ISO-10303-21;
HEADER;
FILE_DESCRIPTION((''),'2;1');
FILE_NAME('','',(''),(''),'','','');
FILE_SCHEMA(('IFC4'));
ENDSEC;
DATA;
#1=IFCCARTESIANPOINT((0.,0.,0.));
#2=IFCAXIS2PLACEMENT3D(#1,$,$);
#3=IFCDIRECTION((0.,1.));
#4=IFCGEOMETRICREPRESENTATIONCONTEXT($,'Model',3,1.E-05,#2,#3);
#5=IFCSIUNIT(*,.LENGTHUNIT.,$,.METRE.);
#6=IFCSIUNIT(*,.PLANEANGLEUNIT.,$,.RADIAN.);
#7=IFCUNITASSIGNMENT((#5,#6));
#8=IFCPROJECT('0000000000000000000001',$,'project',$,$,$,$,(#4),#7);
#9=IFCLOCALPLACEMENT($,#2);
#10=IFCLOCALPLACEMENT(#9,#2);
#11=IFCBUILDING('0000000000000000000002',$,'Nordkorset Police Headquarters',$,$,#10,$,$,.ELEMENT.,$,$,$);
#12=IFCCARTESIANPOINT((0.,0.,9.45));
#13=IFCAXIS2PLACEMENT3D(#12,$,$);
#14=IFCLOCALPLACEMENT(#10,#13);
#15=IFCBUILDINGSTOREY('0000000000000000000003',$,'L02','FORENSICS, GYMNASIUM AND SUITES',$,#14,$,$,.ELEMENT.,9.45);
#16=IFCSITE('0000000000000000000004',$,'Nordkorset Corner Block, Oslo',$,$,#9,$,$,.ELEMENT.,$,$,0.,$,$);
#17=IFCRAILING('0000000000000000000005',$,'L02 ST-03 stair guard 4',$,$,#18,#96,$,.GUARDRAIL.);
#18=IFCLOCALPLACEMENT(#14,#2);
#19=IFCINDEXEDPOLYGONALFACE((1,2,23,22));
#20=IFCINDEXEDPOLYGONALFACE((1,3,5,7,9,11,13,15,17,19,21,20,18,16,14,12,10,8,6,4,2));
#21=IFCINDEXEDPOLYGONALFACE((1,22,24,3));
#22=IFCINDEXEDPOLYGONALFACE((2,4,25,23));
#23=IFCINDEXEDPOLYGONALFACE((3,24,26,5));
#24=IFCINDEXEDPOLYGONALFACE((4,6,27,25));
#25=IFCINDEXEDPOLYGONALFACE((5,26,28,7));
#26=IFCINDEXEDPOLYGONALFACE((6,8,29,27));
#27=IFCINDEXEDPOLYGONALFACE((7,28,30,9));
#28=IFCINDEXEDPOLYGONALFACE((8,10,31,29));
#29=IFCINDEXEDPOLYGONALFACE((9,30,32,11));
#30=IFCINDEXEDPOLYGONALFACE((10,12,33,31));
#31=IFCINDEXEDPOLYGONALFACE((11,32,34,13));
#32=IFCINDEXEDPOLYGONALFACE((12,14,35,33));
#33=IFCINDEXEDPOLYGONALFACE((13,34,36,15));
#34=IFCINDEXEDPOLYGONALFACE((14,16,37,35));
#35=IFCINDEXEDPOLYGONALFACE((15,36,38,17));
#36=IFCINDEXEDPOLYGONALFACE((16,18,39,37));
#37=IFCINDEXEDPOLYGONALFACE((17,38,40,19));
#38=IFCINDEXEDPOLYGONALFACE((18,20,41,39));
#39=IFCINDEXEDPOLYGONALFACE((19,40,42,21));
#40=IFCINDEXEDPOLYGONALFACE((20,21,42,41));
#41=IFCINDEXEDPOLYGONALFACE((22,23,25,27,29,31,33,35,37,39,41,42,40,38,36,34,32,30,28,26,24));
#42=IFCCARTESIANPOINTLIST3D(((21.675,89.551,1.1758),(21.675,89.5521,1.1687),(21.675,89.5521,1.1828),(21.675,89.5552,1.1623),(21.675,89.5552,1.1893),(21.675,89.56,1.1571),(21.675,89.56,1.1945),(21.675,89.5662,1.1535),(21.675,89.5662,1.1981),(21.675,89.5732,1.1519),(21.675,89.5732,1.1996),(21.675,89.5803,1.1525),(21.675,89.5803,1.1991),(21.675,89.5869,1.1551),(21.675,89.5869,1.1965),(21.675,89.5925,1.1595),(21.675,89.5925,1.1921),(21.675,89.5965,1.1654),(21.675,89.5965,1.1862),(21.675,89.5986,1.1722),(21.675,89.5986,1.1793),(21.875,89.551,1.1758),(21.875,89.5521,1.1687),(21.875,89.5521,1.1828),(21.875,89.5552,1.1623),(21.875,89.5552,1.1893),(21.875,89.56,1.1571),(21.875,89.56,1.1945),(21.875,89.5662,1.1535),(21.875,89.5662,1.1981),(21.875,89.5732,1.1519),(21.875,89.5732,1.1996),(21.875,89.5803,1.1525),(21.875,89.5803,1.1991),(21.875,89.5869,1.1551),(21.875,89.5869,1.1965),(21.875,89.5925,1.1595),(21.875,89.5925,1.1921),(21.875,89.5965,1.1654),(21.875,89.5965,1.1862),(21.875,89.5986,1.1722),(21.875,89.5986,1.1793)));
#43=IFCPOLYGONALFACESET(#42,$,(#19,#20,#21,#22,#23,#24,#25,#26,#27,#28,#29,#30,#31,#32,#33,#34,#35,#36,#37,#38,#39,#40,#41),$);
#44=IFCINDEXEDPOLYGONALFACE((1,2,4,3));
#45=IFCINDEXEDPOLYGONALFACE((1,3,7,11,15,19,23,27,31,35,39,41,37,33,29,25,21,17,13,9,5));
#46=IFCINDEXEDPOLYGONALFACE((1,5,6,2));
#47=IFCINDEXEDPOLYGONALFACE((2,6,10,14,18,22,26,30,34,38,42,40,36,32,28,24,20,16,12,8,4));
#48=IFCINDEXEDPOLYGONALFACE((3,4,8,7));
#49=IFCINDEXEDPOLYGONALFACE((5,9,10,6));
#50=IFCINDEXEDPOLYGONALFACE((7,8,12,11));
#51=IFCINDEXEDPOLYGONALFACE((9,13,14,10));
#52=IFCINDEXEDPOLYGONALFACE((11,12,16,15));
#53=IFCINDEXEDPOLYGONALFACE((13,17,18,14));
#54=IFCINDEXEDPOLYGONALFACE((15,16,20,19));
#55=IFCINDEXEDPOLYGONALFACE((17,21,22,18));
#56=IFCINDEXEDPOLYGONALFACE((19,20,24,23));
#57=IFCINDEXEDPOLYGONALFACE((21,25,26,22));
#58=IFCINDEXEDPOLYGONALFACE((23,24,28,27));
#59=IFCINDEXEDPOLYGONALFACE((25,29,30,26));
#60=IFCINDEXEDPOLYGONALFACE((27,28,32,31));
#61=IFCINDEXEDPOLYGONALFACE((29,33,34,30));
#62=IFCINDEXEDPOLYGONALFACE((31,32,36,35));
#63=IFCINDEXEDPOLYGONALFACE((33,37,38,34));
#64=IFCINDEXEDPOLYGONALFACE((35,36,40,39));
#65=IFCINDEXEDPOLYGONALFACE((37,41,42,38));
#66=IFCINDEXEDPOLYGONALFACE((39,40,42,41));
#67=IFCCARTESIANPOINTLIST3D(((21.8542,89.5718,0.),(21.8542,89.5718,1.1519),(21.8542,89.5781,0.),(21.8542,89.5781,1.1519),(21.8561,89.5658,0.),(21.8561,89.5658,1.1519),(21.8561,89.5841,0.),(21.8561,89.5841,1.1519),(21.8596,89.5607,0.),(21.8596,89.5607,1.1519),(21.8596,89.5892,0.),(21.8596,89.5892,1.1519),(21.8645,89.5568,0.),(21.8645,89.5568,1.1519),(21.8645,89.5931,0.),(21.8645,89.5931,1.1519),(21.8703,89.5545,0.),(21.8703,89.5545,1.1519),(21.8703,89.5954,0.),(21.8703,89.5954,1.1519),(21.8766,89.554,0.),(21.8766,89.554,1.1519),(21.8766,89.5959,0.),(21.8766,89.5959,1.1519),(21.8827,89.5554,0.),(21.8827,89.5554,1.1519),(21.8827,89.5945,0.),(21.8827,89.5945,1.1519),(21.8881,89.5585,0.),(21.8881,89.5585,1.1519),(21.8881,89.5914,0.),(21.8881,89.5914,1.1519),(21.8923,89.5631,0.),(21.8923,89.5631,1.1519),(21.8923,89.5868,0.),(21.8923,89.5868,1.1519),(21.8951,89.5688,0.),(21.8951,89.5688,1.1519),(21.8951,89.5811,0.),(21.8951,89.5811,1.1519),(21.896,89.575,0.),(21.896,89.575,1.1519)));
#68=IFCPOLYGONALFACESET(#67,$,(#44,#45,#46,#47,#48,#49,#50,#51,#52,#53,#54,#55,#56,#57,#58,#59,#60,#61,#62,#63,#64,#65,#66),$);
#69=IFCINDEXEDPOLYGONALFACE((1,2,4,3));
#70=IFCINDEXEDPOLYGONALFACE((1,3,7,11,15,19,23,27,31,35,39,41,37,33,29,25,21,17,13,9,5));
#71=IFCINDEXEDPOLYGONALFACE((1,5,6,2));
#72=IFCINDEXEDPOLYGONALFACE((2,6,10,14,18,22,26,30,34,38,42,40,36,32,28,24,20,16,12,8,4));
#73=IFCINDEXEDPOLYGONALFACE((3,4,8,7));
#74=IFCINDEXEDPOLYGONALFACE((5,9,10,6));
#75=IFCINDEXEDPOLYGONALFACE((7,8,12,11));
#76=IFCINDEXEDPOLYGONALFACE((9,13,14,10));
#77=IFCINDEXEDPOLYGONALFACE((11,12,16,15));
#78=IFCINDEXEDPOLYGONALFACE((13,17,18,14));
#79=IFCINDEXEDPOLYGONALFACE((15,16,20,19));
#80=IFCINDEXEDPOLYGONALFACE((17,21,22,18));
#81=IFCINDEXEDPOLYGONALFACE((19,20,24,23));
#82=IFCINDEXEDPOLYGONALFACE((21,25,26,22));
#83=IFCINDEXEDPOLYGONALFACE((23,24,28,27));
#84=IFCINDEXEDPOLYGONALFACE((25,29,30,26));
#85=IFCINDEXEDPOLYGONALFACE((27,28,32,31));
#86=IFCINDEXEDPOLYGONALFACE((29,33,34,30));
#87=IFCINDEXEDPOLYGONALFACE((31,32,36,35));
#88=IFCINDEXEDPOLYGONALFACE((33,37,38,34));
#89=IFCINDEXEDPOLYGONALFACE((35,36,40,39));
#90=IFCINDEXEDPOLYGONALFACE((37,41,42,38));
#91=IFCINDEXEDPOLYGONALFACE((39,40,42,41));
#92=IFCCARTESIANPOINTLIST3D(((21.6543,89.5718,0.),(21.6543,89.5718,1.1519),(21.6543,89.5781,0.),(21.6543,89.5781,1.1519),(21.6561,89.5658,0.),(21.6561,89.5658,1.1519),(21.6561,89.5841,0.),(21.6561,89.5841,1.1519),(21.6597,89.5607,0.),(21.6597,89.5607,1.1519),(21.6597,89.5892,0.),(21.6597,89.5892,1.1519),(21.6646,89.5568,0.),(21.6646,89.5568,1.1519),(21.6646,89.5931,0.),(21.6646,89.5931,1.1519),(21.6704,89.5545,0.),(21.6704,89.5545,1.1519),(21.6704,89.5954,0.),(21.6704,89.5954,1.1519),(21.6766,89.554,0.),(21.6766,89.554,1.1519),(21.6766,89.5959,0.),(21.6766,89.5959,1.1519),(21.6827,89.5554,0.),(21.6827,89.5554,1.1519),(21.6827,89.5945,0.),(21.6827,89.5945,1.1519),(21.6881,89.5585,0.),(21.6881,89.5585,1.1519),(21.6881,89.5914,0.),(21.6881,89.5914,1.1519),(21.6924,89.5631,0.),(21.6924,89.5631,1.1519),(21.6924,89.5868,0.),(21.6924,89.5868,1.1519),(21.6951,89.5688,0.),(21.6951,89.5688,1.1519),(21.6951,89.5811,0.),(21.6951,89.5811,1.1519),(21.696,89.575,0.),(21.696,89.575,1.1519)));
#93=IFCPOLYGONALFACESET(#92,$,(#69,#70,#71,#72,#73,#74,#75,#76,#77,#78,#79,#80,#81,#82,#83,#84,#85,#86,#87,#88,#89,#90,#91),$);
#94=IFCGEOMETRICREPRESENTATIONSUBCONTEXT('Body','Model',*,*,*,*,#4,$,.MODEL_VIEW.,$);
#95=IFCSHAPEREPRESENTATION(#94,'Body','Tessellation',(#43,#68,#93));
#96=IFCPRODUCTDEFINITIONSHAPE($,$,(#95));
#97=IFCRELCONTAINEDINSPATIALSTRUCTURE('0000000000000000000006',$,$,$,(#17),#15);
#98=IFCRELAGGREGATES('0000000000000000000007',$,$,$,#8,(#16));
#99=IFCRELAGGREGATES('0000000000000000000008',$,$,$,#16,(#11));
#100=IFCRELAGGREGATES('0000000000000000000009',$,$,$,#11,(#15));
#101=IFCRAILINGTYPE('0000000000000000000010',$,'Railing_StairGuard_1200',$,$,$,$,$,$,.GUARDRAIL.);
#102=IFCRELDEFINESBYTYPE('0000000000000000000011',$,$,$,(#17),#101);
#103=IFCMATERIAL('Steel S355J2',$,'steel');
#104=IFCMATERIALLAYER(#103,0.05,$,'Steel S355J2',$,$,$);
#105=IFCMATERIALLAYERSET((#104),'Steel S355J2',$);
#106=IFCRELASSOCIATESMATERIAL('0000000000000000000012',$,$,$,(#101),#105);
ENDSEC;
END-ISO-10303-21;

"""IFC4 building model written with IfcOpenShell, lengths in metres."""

from ifc_helpers import new_model, si_unit, direction, frame, origin, origin_2d, place, context, subcontext, project, spatial, circle, extrude, material, layer, layer_set, type_object, element, save


model = new_model("IFC4")

# Units and contexts
model_context = context("Model", 3, precision=1e-05, world=origin(), true_north=direction((0.0, 1.0)))
body_context = subcontext(model_context, "Body", "Model", "MODEL_VIEW")
ifc_project = project(units=[si_unit("LENGTHUNIT", "METRE"), si_unit("PLANEANGLEUNIT", "RADIAN")], contexts=[model_context])

# Site, building, storey
site_placement = place(None, origin())
site = spatial("IfcSite", under=ifc_project, at=site_placement, Name="Nordkorset Corner Block, Oslo", CompositionType="ELEMENT", RefElevation=0.0)
building_placement = place(site_placement, origin())
building = spatial("IfcBuilding", under=site, at=building_placement, Name="Nordkorset Police Headquarters", CompositionType="ELEMENT")
storey_placement = place(building_placement, frame((0.0, 0.0, 9.45)))
storey = spatial("IfcBuildingStorey", under=building, at=storey_placement, Name="L02", Description="FORENSICS, GYMNASIUM AND SUITES", CompositionType="ELEMENT", Elevation=9.45)

# Railing
ifc_material_1 = material(Name="Steel S355J2", Category="steel")
ifc_layer_1 = layer(ifc_material_1, 0.05, Name="Steel S355J2")
ifc_layer_set_1 = layer_set([ifc_layer_1], Name="Steel S355J2")
railing_type_1 = type_object("IfcRailingType", Name="Railing_StairGuard_1200", PredefinedType="GUARDRAIL", material=ifc_layer_set_1)
railing_1_placement = place(storey_placement, frame((21.875, 89.575, 0.0)))
element("IfcRailing", 1, at=railing_1_placement, inside=storey, type_object=railing_type_1, Name="L02 ST-03 stair guard 4", PredefinedType="GUARDRAIL", context=body_context, shape_type="SweptSolid", body=[
    extrude(circle(Radius=0.0239, at=origin_2d()), frame((0.0, 0.0, 1.1758), z_axis=(-1.0, 0.0, 0.0), x_axis=(0.0, -1.0, 0.0)), (0.0, 0.0, 1.0), 0.2),
    extrude(circle(Radius=0.021, at=origin_2d()), origin(), (0.0, 0.0, 1.0), 1.1519),
    extrude(circle(Radius=0.021, at=origin_2d()), frame((-0.2, 0.0, 0.0)), (0.0, 0.0, 1.0), 1.1519),
])

save(model, "model.ifc")
